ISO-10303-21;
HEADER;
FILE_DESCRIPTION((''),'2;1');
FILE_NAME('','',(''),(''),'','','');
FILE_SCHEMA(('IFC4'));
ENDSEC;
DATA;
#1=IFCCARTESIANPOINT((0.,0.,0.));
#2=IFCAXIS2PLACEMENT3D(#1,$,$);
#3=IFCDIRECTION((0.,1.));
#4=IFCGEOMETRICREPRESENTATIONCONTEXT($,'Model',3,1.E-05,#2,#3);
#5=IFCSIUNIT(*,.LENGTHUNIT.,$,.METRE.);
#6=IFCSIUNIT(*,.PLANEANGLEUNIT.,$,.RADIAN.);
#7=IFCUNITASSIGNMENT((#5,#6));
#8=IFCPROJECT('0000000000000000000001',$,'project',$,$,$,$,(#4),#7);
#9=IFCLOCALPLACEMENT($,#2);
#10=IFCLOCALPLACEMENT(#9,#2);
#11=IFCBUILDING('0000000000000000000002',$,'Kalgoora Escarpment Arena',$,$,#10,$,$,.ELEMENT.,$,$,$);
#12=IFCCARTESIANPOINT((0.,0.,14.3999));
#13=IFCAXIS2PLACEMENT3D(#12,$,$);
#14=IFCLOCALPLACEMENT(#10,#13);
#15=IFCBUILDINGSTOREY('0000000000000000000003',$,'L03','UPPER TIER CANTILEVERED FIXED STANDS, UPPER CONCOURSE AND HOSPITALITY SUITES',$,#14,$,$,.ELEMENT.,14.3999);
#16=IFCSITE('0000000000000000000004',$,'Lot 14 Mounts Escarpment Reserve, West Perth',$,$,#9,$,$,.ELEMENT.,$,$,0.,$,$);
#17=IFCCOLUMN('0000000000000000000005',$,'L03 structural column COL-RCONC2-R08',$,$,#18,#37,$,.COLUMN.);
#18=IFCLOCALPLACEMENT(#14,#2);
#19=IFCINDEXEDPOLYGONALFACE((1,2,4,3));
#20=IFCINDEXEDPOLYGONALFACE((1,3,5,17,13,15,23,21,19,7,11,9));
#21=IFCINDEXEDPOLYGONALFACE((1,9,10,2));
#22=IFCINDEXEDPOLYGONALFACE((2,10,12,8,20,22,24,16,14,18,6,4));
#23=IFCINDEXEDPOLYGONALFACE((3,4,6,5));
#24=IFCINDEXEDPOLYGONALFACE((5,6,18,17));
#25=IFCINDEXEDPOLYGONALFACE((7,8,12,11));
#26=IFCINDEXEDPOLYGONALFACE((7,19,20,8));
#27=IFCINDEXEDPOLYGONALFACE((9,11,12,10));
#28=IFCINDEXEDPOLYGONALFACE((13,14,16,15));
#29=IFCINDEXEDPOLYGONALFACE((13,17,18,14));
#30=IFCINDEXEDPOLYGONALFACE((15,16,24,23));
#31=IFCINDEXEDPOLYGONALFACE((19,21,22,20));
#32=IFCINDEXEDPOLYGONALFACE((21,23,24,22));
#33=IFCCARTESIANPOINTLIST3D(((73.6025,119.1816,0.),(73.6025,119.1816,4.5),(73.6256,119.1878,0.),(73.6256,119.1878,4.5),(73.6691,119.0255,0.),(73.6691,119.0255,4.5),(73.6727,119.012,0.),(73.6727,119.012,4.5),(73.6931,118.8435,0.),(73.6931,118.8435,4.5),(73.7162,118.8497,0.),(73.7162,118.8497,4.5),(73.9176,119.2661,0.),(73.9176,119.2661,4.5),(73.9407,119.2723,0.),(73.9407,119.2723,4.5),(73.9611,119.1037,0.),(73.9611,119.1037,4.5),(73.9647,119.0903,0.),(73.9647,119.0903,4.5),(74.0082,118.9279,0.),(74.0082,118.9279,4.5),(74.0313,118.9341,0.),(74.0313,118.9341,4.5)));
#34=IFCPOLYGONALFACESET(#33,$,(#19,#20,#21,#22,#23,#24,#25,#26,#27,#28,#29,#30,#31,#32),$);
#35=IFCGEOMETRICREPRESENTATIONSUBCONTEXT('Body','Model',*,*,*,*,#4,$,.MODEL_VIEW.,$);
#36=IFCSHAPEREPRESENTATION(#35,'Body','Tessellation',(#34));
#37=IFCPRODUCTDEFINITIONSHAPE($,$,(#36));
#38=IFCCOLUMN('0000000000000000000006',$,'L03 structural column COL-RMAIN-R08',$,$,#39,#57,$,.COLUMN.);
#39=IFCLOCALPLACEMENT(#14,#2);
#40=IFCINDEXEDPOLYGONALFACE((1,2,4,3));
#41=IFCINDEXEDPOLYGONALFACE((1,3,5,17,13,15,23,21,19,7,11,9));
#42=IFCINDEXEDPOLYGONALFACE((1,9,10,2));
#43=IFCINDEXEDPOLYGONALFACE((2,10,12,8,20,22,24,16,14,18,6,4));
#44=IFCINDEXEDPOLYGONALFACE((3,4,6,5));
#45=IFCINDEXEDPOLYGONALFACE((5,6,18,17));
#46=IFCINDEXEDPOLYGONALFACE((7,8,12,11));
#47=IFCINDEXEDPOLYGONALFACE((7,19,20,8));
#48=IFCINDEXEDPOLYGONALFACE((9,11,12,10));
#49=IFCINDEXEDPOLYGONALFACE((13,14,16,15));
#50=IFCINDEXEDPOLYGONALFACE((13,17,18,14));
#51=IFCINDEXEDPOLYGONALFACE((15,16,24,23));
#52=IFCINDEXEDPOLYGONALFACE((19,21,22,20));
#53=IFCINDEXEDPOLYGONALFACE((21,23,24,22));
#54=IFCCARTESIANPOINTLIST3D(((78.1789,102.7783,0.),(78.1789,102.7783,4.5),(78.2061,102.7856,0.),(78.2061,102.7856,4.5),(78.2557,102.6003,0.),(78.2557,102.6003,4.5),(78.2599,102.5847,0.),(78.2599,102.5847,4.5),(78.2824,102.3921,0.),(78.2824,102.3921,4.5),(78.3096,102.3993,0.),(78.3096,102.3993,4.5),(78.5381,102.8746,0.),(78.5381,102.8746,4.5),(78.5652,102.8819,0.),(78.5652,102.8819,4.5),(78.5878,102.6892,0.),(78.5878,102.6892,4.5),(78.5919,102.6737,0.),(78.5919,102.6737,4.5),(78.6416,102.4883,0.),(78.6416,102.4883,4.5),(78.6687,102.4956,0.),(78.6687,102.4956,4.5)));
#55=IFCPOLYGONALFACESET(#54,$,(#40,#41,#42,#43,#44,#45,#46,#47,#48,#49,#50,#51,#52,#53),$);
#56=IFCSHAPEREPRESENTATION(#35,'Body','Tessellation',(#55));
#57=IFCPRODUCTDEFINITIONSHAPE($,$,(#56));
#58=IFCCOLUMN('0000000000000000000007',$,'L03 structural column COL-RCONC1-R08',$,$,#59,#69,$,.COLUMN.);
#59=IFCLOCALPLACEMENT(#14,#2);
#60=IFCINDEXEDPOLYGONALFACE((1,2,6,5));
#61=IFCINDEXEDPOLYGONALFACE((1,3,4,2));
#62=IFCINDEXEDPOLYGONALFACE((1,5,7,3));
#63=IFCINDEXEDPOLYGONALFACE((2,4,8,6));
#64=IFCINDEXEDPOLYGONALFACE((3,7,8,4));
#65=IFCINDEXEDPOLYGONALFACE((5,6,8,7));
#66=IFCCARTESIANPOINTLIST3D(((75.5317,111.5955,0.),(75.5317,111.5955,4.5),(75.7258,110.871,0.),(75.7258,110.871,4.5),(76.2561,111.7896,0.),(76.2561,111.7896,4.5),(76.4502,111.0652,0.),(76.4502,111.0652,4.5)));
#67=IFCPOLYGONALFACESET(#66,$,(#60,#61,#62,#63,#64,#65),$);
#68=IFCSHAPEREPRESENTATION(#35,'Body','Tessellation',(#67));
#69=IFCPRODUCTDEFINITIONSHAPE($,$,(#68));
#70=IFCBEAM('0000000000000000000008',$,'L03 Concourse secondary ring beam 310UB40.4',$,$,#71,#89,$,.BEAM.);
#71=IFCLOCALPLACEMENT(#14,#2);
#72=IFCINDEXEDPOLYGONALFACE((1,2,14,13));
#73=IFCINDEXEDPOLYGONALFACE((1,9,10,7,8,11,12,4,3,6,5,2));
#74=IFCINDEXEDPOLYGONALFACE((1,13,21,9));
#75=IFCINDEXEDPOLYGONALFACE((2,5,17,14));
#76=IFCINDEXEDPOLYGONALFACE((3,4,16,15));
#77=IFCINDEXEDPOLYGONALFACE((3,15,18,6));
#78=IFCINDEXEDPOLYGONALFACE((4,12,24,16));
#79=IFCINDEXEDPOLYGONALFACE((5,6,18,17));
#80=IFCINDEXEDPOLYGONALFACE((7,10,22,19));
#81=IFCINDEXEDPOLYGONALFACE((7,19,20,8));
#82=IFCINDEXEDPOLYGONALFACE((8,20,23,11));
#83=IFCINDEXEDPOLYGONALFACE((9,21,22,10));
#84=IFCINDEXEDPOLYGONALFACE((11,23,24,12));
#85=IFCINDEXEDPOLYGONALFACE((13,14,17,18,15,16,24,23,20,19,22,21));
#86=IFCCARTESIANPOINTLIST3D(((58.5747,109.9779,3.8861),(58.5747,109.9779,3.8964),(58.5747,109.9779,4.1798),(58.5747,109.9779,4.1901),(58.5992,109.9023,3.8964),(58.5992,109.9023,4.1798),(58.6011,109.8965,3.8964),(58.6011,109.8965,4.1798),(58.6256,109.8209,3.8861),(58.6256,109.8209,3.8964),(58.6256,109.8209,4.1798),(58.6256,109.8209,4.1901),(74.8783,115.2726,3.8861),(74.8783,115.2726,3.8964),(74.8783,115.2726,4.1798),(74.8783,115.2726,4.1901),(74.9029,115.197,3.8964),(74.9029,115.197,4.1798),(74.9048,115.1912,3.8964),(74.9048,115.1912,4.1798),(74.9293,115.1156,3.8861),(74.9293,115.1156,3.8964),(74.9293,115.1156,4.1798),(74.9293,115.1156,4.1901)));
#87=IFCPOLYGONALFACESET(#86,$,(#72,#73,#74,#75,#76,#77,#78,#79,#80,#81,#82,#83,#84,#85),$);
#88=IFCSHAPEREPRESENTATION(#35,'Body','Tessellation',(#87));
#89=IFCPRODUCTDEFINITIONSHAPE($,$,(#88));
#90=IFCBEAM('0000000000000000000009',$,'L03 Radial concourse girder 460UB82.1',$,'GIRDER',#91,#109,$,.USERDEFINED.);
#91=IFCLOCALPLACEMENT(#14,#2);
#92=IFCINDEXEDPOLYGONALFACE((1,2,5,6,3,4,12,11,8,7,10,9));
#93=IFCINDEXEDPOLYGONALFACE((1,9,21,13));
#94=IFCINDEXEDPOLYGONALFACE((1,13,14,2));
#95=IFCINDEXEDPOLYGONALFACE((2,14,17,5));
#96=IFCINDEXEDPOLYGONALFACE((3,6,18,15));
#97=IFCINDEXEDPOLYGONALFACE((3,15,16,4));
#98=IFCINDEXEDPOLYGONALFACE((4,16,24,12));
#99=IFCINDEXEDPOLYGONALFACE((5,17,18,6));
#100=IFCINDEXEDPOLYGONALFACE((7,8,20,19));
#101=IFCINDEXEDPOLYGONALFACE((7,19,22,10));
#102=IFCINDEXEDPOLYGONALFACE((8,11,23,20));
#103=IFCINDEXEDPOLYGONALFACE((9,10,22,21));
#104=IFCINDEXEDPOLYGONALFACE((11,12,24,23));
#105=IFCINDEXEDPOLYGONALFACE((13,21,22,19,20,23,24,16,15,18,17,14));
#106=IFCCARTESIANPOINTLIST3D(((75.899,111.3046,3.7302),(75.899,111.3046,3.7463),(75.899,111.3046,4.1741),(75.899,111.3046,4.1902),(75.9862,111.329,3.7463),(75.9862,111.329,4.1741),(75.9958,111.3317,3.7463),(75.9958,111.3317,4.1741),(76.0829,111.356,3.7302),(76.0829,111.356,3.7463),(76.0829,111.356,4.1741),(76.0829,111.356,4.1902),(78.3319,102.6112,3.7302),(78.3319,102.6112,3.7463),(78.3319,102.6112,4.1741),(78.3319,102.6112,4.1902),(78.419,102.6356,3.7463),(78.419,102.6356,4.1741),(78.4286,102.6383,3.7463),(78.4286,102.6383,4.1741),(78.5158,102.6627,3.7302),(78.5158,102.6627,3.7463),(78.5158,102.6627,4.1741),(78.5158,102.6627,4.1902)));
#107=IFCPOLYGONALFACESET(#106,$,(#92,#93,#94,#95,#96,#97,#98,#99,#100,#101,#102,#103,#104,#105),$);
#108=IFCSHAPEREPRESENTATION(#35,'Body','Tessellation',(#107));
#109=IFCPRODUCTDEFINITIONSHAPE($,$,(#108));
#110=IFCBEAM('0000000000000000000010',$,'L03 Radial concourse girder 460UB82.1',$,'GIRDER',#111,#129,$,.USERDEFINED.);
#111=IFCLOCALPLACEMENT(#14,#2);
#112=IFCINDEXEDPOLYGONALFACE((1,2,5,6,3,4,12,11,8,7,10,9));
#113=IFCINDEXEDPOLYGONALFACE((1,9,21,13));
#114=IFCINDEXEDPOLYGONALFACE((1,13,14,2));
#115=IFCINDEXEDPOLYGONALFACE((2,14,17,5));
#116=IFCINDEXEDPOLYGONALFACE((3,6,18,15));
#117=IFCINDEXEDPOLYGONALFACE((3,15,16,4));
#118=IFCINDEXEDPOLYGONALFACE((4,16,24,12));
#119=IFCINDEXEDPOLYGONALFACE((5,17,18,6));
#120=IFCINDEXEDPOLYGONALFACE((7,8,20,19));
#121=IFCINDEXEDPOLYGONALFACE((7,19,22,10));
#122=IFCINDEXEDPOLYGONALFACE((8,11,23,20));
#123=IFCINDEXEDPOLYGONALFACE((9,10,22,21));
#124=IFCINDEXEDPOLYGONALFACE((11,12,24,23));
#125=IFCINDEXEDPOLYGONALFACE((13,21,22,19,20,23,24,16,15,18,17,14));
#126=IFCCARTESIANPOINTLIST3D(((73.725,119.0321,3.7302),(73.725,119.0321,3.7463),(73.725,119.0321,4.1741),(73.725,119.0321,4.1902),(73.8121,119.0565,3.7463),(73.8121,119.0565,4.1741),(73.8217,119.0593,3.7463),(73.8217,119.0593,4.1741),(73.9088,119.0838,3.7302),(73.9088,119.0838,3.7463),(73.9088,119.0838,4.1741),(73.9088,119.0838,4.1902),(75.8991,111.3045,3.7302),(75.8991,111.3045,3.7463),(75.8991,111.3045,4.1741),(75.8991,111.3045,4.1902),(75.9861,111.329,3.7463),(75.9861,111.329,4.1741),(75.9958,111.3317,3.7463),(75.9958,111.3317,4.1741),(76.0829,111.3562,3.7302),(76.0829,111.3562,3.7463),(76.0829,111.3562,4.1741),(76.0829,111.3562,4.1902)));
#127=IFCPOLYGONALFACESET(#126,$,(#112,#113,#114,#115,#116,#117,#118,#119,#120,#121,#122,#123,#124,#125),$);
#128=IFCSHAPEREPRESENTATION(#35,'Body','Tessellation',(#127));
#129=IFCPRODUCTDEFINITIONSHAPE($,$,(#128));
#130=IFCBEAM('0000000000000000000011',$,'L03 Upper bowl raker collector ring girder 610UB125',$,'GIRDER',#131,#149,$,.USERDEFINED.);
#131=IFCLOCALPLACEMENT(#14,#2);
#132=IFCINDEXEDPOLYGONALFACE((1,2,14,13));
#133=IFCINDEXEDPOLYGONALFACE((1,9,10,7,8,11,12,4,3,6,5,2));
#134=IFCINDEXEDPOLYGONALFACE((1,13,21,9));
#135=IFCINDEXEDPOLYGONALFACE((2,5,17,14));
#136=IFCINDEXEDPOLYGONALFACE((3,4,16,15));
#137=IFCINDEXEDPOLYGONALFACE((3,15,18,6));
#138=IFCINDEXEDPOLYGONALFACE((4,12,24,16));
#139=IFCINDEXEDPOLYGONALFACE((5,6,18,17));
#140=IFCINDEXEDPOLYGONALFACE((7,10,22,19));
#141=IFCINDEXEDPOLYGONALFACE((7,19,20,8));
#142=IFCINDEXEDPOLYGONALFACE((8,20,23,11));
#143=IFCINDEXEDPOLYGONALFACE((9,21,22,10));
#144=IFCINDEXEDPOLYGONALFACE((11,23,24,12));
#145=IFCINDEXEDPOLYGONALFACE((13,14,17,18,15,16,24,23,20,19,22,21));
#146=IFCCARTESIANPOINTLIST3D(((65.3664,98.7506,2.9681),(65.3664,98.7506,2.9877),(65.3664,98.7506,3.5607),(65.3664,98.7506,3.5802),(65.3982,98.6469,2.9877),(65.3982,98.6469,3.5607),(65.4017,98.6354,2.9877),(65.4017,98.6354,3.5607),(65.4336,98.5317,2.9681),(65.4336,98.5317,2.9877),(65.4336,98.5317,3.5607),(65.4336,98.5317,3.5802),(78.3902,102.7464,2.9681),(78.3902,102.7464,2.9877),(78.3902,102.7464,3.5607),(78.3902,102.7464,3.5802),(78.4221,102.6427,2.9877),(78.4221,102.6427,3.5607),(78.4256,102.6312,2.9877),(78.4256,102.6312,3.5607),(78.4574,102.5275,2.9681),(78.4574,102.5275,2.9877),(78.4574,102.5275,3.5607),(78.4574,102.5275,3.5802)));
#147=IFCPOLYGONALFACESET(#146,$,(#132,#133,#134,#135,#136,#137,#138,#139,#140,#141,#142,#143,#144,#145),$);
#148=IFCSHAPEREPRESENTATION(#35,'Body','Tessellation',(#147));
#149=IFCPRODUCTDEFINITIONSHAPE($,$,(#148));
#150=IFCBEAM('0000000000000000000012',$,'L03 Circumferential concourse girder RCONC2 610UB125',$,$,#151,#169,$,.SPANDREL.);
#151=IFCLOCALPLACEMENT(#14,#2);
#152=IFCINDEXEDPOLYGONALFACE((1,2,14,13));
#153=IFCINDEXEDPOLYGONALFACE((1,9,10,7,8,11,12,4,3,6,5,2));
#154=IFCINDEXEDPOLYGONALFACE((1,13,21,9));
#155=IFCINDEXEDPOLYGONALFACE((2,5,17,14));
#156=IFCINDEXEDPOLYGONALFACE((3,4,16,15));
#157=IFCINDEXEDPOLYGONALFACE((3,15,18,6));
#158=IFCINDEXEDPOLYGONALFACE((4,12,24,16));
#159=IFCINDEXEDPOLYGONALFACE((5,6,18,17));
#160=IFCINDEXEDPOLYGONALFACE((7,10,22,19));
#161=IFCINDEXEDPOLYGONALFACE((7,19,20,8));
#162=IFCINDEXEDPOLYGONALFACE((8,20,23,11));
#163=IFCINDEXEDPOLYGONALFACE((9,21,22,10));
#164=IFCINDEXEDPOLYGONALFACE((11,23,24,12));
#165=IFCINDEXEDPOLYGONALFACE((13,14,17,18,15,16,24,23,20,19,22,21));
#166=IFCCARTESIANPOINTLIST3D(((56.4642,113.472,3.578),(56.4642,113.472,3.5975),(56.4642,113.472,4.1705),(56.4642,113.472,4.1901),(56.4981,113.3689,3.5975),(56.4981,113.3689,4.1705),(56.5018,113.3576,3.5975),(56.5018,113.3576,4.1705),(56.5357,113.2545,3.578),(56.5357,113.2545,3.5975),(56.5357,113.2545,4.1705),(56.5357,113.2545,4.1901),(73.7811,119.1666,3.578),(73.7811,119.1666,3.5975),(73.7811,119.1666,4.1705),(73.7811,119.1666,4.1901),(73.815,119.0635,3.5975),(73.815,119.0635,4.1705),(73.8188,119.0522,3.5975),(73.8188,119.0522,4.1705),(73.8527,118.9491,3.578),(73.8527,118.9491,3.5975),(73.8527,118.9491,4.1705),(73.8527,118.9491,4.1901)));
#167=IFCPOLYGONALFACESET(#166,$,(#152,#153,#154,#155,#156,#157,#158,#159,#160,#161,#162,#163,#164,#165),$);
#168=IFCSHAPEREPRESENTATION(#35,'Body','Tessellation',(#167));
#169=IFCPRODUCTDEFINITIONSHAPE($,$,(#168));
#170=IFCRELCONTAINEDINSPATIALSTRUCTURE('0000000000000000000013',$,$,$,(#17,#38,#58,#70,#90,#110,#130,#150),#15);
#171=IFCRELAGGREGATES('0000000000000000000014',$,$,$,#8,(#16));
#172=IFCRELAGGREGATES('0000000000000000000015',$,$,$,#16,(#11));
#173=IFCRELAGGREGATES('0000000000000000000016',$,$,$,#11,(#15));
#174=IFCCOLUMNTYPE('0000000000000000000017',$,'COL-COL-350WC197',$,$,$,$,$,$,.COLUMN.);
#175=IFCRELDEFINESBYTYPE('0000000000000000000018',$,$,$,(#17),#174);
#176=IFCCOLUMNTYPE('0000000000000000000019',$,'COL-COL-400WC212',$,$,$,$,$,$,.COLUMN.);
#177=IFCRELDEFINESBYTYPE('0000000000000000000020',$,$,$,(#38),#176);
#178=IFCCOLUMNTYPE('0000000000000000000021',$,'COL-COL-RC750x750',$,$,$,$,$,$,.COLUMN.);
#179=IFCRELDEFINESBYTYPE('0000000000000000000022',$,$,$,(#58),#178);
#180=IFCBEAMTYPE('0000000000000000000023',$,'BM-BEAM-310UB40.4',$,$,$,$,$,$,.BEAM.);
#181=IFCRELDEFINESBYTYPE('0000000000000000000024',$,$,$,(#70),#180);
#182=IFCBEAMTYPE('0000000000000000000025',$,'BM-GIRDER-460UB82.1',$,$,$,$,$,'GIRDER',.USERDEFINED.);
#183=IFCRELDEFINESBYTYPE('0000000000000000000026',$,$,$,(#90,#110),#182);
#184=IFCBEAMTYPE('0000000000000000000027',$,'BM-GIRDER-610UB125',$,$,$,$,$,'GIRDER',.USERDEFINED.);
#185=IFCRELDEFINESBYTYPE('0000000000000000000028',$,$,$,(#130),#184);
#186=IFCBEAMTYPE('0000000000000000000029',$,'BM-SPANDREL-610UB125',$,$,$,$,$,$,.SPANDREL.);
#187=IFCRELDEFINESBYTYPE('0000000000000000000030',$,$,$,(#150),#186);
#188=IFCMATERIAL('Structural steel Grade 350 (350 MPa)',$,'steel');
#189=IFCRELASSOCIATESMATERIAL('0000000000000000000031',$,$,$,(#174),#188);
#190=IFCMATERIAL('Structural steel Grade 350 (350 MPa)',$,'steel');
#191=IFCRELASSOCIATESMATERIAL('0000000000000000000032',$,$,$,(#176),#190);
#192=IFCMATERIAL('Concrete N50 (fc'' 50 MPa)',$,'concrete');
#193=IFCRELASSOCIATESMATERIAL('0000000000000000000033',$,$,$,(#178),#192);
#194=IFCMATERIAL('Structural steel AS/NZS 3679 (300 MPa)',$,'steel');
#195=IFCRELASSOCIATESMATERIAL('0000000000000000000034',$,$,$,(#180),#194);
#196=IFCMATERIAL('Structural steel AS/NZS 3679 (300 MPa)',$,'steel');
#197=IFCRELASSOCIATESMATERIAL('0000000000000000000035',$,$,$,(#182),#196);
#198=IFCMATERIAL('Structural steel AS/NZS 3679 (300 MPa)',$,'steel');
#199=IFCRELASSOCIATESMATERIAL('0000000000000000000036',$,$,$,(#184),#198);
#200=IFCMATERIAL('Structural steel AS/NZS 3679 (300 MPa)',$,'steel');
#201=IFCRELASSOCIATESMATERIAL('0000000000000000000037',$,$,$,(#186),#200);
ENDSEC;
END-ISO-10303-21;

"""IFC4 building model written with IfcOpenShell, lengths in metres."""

from ifc_helpers import new_model, si_unit, direction, frame, origin, origin_2d, place, context, subcontext, project, spatial, rectangle, i_section, extrude, material, material_profile, profile_set, type_object, element, save


model = new_model("IFC4")

# Units and contexts
model_context = context("Model", 3, precision=1e-05, world=origin(), true_north=direction((0.0, 1.0)))
body_context = subcontext(model_context, "Body", "Model", "MODEL_VIEW")
ifc_project = project(units=[si_unit("LENGTHUNIT", "METRE"), si_unit("PLANEANGLEUNIT", "RADIAN")], contexts=[model_context])

# Site, building, storey
site_placement = place(None, origin())
site = spatial("IfcSite", under=ifc_project, at=site_placement, Name="Lot 14 Mounts Escarpment Reserve, West Perth", CompositionType="ELEMENT", RefElevation=0.0)
building_placement = place(site_placement, origin())
building = spatial("IfcBuilding", under=site, at=building_placement, Name="Kalgoora Escarpment Arena", CompositionType="ELEMENT")
storey_placement = place(building_placement, frame((0.0, 0.0, 14.3999)))
storey = spatial("IfcBuildingStorey", under=building, at=storey_placement, Name="L03", Description="UPPER TIER CANTILEVERED FIXED STANDS, UPPER CONCOURSE AND HOSPITALITY SUITES", CompositionType="ELEMENT", Elevation=14.3999)

# Columns
ifc_material_1 = material(Name="Structural steel Grade 350 (350 MPa)", Category="steel")
ifc_material_profile_1 = material_profile(ifc_material_1, i_section(OverallWidth=0.3501, OverallDepth=0.3501, WebThickness=0.0139, FlangeThickness=0.0239, at=origin_2d()))
ifc_profile_set_1 = profile_set([ifc_material_profile_1], Name="Structural steel Grade 350 (350 MPa)")
column_type_1 = type_object("IfcColumnType", Name="COL-COL-350WC197", PredefinedType="COLUMN", material=ifc_profile_set_1)
column_1_placement = place(storey_placement, frame((73.8169, 119.0579, 0.0), z_axis=(0.0, 0.0, 1.0), x_axis=(-0.258819, 0.965926, 0.0)))
element("IfcColumn", 1, at=column_1_placement, inside=storey, type_object=column_type_1, Name="L03 structural column COL-RCONC2-R08", PredefinedType="COLUMN", context=body_context, shape_type="SweptSolid", body=[
    extrude(i_section(OverallWidth=0.3501, OverallDepth=0.3501, WebThickness=0.0139, FlangeThickness=0.0239, at=origin_2d()), origin(), (0.0, 0.0, 1.0), 4.5),
])
ifc_material_2 = material(Name="Structural steel Grade 350 (350 MPa)", Category="steel")
ifc_material_profile_2 = material_profile(ifc_material_2, i_section(OverallWidth=0.3999, OverallDepth=0.3999, WebThickness=0.0161, FlangeThickness=0.0281, at=origin_2d()))
ifc_profile_set_2 = profile_set([ifc_material_profile_2], Name="Structural steel Grade 350 (350 MPa)")
column_type_2 = type_object("IfcColumnType", Name="COL-COL-400WC212", PredefinedType="COLUMN", material=ifc_profile_set_2)
column_2_placement = place(storey_placement, frame((78.4238, 102.637, 0.0), z_axis=(0.0, 0.0, 1.0), x_axis=(-0.258819, 0.965926, 0.0)))
element("IfcColumn", 2, at=column_2_placement, inside=storey, type_object=column_type_2, Name="L03 structural column COL-RMAIN-R08", PredefinedType="COLUMN", context=body_context, shape_type="SweptSolid", body=[
    extrude(i_section(OverallWidth=0.3999, OverallDepth=0.3999, WebThickness=0.0161, FlangeThickness=0.0281, at=origin_2d()), origin(), (0.0, 0.0, 1.0), 4.5),
])
ifc_material_3 = material(Name="Concrete N50 (fc' 50 MPa)", Category="concrete")
ifc_material_profile_3 = material_profile(ifc_material_3, rectangle(XDim=0.75, YDim=0.75, at=origin_2d()))
ifc_profile_set_3 = profile_set([ifc_material_profile_3], Name="Concrete N50 (fc' 50 MPa)")
column_type_3 = type_object("IfcColumnType", Name="COL-COL-RC750x750", PredefinedType="COLUMN", material=ifc_profile_set_3)
column_3_placement = place(storey_placement, frame((75.991, 111.3303, 0.0), z_axis=(0.0, 0.0, 1.0), x_axis=(-0.258819, 0.965926, 0.0)))
element("IfcColumn", 3, at=column_3_placement, inside=storey, type_object=column_type_3, Name="L03 structural column COL-RCONC1-R08", PredefinedType="COLUMN", context=body_context, shape_type="SweptSolid", body=[
    extrude(rectangle(XDim=0.75, YDim=0.75, at=origin_2d()), origin(), (0.0, 0.0, 1.0), 4.5),
])

# Beams
ifc_material_4 = material(Name="Structural steel AS/NZS 3679 (300 MPa)", Category="steel")
ifc_material_profile_4 = material_profile(ifc_material_4, i_section(OverallWidth=0.165, OverallDepth=0.304, WebThickness=0.0061, FlangeThickness=0.0103, at=origin_2d()))
ifc_profile_set_4 = profile_set([ifc_material_profile_4], Name="Structural steel AS/NZS 3679 (300 MPa)")
beam_type_1 = type_object("IfcBeamType", Name="BM-BEAM-310UB40.4", PredefinedType="BEAM", material=ifc_profile_set_4)
beam_1_placement = place(storey_placement, frame((74.9038, 115.1941, 4.0381), z_axis=(-0.951103, -0.308874, 0.0), x_axis=(0.308874, -0.951103, 0.0)))
element("IfcBeam", 4, at=beam_1_placement, inside=storey, type_object=beam_type_1, Name="L03 Concourse secondary ring beam 310UB40.4", PredefinedType="BEAM", context=body_context, shape_type="SweptSolid", body=[
    extrude(i_section(OverallWidth=0.165, OverallDepth=0.304, WebThickness=0.0061, FlangeThickness=0.0103, at=origin_2d()), origin(), (0.0, 0.0, 1.0), 17.1418),
])
ifc_material_5 = material(Name="Structural steel AS/NZS 3679 (300 MPa)", Category="steel")
ifc_material_profile_5 = material_profile(ifc_material_5, i_section(OverallWidth=0.1909, OverallDepth=0.46, WebThickness=0.01, FlangeThickness=0.0161, at=origin_2d()))
ifc_profile_set_5 = profile_set([ifc_material_profile_5], Name="Structural steel AS/NZS 3679 (300 MPa)")
beam_type_2 = type_object("IfcBeamType", Name="BM-GIRDER-460UB82.1", ElementType="GIRDER", PredefinedType="USERDEFINED", material=ifc_profile_set_5)
beam_2_placement = place(storey_placement, frame((78.4238, 102.637, 3.9602), z_axis=(-0.269499, 0.963001, 0.0), x_axis=(-0.963001, -0.269499, 0.0)))
element("IfcBeam", 5, at=beam_2_placement, inside=storey, type_object=beam_type_2, Name="L03 Radial concourse girder 460UB82.1", ObjectType="GIRDER", PredefinedType="USERDEFINED", context=body_context, shape_type="SweptSolid", body=[
    extrude(i_section(OverallWidth=0.1909, OverallDepth=0.46, WebThickness=0.01, FlangeThickness=0.0161, at=origin_2d()), origin(), (0.0, 0.0, 1.0), 9.0273),
])
beam_3_placement = place(storey_placement, frame((75.991, 111.3303, 3.9602), z_axis=(-0.270827, 0.962628, 0.0), x_axis=(-0.962628, -0.270827, 0.0)))
element("IfcBeam", 6, at=beam_3_placement, inside=storey, type_object=beam_type_2, Name="L03 Radial concourse girder 460UB82.1", ObjectType="GIRDER", PredefinedType="USERDEFINED", context=body_context, shape_type="SweptSolid", body=[
    extrude(i_section(OverallWidth=0.1909, OverallDepth=0.46, WebThickness=0.01, FlangeThickness=0.0161, at=origin_2d()), origin(), (0.0, 0.0, 1.0), 8.0276),
])
ifc_material_6 = material(Name="Structural steel AS/NZS 3679 (300 MPa)", Category="steel")
ifc_material_profile_6 = material_profile(ifc_material_6, i_section(OverallWidth=0.229, OverallDepth=0.6121, WebThickness=0.012, FlangeThickness=0.0195, at=origin_2d()))
ifc_profile_set_6 = profile_set([ifc_material_profile_6], Name="Structural steel AS/NZS 3679 (300 MPa)")
beam_type_3 = type_object("IfcBeamType", Name="BM-GIRDER-610UB125", ElementType="GIRDER", PredefinedType="USERDEFINED", material=ifc_profile_set_6)
beam_4_placement = place(storey_placement, frame((78.4238, 102.637, 3.2742), z_axis=(-0.956016, -0.293314, 0.0), x_axis=(0.293314, -0.956016, 0.0)))
element("IfcBeam", 7, at=beam_4_placement, inside=storey, type_object=beam_type_3, Name="L03 Upper bowl raker collector ring girder 610UB125", ObjectType="GIRDER", PredefinedType="USERDEFINED", context=body_context, shape_type="SweptSolid", body=[
    extrude(i_section(OverallWidth=0.229, OverallDepth=0.6121, WebThickness=0.012, FlangeThickness=0.0195, at=origin_2d()), origin(), (0.0, 0.0, 1.0), 13.623),
])
ifc_material_7 = material(Name="Structural steel AS/NZS 3679 (300 MPa)", Category="steel")
ifc_material_profile_7 = material_profile(ifc_material_7, i_section(OverallWidth=0.229, OverallDepth=0.6121, WebThickness=0.012, FlangeThickness=0.0195, at=origin_2d()))
ifc_profile_set_7 = profile_set([ifc_material_profile_7], Name="Structural steel AS/NZS 3679 (300 MPa)")
beam_type_4 = type_object("IfcBeamType", Name="BM-SPANDREL-610UB125", PredefinedType="SPANDREL", material=ifc_profile_set_7)
beam_5_placement = place(storey_placement, frame((73.8169, 119.0579, 3.884), z_axis=(-0.949955, -0.312388, 0.0), x_axis=(0.312388, -0.949955, 0.0)))
element("IfcBeam", 8, at=beam_5_placement, inside=storey, type_object=beam_type_4, Name="L03 Circumferential concourse girder RCONC2 610UB125", PredefinedType="SPANDREL", context=body_context, shape_type="SweptSolid", body=[
    extrude(i_section(OverallWidth=0.229, OverallDepth=0.6121, WebThickness=0.012, FlangeThickness=0.0195, at=origin_2d()), origin(), (0.0, 0.0, 1.0), 18.2292),
])

save(model, "model.ifc")
